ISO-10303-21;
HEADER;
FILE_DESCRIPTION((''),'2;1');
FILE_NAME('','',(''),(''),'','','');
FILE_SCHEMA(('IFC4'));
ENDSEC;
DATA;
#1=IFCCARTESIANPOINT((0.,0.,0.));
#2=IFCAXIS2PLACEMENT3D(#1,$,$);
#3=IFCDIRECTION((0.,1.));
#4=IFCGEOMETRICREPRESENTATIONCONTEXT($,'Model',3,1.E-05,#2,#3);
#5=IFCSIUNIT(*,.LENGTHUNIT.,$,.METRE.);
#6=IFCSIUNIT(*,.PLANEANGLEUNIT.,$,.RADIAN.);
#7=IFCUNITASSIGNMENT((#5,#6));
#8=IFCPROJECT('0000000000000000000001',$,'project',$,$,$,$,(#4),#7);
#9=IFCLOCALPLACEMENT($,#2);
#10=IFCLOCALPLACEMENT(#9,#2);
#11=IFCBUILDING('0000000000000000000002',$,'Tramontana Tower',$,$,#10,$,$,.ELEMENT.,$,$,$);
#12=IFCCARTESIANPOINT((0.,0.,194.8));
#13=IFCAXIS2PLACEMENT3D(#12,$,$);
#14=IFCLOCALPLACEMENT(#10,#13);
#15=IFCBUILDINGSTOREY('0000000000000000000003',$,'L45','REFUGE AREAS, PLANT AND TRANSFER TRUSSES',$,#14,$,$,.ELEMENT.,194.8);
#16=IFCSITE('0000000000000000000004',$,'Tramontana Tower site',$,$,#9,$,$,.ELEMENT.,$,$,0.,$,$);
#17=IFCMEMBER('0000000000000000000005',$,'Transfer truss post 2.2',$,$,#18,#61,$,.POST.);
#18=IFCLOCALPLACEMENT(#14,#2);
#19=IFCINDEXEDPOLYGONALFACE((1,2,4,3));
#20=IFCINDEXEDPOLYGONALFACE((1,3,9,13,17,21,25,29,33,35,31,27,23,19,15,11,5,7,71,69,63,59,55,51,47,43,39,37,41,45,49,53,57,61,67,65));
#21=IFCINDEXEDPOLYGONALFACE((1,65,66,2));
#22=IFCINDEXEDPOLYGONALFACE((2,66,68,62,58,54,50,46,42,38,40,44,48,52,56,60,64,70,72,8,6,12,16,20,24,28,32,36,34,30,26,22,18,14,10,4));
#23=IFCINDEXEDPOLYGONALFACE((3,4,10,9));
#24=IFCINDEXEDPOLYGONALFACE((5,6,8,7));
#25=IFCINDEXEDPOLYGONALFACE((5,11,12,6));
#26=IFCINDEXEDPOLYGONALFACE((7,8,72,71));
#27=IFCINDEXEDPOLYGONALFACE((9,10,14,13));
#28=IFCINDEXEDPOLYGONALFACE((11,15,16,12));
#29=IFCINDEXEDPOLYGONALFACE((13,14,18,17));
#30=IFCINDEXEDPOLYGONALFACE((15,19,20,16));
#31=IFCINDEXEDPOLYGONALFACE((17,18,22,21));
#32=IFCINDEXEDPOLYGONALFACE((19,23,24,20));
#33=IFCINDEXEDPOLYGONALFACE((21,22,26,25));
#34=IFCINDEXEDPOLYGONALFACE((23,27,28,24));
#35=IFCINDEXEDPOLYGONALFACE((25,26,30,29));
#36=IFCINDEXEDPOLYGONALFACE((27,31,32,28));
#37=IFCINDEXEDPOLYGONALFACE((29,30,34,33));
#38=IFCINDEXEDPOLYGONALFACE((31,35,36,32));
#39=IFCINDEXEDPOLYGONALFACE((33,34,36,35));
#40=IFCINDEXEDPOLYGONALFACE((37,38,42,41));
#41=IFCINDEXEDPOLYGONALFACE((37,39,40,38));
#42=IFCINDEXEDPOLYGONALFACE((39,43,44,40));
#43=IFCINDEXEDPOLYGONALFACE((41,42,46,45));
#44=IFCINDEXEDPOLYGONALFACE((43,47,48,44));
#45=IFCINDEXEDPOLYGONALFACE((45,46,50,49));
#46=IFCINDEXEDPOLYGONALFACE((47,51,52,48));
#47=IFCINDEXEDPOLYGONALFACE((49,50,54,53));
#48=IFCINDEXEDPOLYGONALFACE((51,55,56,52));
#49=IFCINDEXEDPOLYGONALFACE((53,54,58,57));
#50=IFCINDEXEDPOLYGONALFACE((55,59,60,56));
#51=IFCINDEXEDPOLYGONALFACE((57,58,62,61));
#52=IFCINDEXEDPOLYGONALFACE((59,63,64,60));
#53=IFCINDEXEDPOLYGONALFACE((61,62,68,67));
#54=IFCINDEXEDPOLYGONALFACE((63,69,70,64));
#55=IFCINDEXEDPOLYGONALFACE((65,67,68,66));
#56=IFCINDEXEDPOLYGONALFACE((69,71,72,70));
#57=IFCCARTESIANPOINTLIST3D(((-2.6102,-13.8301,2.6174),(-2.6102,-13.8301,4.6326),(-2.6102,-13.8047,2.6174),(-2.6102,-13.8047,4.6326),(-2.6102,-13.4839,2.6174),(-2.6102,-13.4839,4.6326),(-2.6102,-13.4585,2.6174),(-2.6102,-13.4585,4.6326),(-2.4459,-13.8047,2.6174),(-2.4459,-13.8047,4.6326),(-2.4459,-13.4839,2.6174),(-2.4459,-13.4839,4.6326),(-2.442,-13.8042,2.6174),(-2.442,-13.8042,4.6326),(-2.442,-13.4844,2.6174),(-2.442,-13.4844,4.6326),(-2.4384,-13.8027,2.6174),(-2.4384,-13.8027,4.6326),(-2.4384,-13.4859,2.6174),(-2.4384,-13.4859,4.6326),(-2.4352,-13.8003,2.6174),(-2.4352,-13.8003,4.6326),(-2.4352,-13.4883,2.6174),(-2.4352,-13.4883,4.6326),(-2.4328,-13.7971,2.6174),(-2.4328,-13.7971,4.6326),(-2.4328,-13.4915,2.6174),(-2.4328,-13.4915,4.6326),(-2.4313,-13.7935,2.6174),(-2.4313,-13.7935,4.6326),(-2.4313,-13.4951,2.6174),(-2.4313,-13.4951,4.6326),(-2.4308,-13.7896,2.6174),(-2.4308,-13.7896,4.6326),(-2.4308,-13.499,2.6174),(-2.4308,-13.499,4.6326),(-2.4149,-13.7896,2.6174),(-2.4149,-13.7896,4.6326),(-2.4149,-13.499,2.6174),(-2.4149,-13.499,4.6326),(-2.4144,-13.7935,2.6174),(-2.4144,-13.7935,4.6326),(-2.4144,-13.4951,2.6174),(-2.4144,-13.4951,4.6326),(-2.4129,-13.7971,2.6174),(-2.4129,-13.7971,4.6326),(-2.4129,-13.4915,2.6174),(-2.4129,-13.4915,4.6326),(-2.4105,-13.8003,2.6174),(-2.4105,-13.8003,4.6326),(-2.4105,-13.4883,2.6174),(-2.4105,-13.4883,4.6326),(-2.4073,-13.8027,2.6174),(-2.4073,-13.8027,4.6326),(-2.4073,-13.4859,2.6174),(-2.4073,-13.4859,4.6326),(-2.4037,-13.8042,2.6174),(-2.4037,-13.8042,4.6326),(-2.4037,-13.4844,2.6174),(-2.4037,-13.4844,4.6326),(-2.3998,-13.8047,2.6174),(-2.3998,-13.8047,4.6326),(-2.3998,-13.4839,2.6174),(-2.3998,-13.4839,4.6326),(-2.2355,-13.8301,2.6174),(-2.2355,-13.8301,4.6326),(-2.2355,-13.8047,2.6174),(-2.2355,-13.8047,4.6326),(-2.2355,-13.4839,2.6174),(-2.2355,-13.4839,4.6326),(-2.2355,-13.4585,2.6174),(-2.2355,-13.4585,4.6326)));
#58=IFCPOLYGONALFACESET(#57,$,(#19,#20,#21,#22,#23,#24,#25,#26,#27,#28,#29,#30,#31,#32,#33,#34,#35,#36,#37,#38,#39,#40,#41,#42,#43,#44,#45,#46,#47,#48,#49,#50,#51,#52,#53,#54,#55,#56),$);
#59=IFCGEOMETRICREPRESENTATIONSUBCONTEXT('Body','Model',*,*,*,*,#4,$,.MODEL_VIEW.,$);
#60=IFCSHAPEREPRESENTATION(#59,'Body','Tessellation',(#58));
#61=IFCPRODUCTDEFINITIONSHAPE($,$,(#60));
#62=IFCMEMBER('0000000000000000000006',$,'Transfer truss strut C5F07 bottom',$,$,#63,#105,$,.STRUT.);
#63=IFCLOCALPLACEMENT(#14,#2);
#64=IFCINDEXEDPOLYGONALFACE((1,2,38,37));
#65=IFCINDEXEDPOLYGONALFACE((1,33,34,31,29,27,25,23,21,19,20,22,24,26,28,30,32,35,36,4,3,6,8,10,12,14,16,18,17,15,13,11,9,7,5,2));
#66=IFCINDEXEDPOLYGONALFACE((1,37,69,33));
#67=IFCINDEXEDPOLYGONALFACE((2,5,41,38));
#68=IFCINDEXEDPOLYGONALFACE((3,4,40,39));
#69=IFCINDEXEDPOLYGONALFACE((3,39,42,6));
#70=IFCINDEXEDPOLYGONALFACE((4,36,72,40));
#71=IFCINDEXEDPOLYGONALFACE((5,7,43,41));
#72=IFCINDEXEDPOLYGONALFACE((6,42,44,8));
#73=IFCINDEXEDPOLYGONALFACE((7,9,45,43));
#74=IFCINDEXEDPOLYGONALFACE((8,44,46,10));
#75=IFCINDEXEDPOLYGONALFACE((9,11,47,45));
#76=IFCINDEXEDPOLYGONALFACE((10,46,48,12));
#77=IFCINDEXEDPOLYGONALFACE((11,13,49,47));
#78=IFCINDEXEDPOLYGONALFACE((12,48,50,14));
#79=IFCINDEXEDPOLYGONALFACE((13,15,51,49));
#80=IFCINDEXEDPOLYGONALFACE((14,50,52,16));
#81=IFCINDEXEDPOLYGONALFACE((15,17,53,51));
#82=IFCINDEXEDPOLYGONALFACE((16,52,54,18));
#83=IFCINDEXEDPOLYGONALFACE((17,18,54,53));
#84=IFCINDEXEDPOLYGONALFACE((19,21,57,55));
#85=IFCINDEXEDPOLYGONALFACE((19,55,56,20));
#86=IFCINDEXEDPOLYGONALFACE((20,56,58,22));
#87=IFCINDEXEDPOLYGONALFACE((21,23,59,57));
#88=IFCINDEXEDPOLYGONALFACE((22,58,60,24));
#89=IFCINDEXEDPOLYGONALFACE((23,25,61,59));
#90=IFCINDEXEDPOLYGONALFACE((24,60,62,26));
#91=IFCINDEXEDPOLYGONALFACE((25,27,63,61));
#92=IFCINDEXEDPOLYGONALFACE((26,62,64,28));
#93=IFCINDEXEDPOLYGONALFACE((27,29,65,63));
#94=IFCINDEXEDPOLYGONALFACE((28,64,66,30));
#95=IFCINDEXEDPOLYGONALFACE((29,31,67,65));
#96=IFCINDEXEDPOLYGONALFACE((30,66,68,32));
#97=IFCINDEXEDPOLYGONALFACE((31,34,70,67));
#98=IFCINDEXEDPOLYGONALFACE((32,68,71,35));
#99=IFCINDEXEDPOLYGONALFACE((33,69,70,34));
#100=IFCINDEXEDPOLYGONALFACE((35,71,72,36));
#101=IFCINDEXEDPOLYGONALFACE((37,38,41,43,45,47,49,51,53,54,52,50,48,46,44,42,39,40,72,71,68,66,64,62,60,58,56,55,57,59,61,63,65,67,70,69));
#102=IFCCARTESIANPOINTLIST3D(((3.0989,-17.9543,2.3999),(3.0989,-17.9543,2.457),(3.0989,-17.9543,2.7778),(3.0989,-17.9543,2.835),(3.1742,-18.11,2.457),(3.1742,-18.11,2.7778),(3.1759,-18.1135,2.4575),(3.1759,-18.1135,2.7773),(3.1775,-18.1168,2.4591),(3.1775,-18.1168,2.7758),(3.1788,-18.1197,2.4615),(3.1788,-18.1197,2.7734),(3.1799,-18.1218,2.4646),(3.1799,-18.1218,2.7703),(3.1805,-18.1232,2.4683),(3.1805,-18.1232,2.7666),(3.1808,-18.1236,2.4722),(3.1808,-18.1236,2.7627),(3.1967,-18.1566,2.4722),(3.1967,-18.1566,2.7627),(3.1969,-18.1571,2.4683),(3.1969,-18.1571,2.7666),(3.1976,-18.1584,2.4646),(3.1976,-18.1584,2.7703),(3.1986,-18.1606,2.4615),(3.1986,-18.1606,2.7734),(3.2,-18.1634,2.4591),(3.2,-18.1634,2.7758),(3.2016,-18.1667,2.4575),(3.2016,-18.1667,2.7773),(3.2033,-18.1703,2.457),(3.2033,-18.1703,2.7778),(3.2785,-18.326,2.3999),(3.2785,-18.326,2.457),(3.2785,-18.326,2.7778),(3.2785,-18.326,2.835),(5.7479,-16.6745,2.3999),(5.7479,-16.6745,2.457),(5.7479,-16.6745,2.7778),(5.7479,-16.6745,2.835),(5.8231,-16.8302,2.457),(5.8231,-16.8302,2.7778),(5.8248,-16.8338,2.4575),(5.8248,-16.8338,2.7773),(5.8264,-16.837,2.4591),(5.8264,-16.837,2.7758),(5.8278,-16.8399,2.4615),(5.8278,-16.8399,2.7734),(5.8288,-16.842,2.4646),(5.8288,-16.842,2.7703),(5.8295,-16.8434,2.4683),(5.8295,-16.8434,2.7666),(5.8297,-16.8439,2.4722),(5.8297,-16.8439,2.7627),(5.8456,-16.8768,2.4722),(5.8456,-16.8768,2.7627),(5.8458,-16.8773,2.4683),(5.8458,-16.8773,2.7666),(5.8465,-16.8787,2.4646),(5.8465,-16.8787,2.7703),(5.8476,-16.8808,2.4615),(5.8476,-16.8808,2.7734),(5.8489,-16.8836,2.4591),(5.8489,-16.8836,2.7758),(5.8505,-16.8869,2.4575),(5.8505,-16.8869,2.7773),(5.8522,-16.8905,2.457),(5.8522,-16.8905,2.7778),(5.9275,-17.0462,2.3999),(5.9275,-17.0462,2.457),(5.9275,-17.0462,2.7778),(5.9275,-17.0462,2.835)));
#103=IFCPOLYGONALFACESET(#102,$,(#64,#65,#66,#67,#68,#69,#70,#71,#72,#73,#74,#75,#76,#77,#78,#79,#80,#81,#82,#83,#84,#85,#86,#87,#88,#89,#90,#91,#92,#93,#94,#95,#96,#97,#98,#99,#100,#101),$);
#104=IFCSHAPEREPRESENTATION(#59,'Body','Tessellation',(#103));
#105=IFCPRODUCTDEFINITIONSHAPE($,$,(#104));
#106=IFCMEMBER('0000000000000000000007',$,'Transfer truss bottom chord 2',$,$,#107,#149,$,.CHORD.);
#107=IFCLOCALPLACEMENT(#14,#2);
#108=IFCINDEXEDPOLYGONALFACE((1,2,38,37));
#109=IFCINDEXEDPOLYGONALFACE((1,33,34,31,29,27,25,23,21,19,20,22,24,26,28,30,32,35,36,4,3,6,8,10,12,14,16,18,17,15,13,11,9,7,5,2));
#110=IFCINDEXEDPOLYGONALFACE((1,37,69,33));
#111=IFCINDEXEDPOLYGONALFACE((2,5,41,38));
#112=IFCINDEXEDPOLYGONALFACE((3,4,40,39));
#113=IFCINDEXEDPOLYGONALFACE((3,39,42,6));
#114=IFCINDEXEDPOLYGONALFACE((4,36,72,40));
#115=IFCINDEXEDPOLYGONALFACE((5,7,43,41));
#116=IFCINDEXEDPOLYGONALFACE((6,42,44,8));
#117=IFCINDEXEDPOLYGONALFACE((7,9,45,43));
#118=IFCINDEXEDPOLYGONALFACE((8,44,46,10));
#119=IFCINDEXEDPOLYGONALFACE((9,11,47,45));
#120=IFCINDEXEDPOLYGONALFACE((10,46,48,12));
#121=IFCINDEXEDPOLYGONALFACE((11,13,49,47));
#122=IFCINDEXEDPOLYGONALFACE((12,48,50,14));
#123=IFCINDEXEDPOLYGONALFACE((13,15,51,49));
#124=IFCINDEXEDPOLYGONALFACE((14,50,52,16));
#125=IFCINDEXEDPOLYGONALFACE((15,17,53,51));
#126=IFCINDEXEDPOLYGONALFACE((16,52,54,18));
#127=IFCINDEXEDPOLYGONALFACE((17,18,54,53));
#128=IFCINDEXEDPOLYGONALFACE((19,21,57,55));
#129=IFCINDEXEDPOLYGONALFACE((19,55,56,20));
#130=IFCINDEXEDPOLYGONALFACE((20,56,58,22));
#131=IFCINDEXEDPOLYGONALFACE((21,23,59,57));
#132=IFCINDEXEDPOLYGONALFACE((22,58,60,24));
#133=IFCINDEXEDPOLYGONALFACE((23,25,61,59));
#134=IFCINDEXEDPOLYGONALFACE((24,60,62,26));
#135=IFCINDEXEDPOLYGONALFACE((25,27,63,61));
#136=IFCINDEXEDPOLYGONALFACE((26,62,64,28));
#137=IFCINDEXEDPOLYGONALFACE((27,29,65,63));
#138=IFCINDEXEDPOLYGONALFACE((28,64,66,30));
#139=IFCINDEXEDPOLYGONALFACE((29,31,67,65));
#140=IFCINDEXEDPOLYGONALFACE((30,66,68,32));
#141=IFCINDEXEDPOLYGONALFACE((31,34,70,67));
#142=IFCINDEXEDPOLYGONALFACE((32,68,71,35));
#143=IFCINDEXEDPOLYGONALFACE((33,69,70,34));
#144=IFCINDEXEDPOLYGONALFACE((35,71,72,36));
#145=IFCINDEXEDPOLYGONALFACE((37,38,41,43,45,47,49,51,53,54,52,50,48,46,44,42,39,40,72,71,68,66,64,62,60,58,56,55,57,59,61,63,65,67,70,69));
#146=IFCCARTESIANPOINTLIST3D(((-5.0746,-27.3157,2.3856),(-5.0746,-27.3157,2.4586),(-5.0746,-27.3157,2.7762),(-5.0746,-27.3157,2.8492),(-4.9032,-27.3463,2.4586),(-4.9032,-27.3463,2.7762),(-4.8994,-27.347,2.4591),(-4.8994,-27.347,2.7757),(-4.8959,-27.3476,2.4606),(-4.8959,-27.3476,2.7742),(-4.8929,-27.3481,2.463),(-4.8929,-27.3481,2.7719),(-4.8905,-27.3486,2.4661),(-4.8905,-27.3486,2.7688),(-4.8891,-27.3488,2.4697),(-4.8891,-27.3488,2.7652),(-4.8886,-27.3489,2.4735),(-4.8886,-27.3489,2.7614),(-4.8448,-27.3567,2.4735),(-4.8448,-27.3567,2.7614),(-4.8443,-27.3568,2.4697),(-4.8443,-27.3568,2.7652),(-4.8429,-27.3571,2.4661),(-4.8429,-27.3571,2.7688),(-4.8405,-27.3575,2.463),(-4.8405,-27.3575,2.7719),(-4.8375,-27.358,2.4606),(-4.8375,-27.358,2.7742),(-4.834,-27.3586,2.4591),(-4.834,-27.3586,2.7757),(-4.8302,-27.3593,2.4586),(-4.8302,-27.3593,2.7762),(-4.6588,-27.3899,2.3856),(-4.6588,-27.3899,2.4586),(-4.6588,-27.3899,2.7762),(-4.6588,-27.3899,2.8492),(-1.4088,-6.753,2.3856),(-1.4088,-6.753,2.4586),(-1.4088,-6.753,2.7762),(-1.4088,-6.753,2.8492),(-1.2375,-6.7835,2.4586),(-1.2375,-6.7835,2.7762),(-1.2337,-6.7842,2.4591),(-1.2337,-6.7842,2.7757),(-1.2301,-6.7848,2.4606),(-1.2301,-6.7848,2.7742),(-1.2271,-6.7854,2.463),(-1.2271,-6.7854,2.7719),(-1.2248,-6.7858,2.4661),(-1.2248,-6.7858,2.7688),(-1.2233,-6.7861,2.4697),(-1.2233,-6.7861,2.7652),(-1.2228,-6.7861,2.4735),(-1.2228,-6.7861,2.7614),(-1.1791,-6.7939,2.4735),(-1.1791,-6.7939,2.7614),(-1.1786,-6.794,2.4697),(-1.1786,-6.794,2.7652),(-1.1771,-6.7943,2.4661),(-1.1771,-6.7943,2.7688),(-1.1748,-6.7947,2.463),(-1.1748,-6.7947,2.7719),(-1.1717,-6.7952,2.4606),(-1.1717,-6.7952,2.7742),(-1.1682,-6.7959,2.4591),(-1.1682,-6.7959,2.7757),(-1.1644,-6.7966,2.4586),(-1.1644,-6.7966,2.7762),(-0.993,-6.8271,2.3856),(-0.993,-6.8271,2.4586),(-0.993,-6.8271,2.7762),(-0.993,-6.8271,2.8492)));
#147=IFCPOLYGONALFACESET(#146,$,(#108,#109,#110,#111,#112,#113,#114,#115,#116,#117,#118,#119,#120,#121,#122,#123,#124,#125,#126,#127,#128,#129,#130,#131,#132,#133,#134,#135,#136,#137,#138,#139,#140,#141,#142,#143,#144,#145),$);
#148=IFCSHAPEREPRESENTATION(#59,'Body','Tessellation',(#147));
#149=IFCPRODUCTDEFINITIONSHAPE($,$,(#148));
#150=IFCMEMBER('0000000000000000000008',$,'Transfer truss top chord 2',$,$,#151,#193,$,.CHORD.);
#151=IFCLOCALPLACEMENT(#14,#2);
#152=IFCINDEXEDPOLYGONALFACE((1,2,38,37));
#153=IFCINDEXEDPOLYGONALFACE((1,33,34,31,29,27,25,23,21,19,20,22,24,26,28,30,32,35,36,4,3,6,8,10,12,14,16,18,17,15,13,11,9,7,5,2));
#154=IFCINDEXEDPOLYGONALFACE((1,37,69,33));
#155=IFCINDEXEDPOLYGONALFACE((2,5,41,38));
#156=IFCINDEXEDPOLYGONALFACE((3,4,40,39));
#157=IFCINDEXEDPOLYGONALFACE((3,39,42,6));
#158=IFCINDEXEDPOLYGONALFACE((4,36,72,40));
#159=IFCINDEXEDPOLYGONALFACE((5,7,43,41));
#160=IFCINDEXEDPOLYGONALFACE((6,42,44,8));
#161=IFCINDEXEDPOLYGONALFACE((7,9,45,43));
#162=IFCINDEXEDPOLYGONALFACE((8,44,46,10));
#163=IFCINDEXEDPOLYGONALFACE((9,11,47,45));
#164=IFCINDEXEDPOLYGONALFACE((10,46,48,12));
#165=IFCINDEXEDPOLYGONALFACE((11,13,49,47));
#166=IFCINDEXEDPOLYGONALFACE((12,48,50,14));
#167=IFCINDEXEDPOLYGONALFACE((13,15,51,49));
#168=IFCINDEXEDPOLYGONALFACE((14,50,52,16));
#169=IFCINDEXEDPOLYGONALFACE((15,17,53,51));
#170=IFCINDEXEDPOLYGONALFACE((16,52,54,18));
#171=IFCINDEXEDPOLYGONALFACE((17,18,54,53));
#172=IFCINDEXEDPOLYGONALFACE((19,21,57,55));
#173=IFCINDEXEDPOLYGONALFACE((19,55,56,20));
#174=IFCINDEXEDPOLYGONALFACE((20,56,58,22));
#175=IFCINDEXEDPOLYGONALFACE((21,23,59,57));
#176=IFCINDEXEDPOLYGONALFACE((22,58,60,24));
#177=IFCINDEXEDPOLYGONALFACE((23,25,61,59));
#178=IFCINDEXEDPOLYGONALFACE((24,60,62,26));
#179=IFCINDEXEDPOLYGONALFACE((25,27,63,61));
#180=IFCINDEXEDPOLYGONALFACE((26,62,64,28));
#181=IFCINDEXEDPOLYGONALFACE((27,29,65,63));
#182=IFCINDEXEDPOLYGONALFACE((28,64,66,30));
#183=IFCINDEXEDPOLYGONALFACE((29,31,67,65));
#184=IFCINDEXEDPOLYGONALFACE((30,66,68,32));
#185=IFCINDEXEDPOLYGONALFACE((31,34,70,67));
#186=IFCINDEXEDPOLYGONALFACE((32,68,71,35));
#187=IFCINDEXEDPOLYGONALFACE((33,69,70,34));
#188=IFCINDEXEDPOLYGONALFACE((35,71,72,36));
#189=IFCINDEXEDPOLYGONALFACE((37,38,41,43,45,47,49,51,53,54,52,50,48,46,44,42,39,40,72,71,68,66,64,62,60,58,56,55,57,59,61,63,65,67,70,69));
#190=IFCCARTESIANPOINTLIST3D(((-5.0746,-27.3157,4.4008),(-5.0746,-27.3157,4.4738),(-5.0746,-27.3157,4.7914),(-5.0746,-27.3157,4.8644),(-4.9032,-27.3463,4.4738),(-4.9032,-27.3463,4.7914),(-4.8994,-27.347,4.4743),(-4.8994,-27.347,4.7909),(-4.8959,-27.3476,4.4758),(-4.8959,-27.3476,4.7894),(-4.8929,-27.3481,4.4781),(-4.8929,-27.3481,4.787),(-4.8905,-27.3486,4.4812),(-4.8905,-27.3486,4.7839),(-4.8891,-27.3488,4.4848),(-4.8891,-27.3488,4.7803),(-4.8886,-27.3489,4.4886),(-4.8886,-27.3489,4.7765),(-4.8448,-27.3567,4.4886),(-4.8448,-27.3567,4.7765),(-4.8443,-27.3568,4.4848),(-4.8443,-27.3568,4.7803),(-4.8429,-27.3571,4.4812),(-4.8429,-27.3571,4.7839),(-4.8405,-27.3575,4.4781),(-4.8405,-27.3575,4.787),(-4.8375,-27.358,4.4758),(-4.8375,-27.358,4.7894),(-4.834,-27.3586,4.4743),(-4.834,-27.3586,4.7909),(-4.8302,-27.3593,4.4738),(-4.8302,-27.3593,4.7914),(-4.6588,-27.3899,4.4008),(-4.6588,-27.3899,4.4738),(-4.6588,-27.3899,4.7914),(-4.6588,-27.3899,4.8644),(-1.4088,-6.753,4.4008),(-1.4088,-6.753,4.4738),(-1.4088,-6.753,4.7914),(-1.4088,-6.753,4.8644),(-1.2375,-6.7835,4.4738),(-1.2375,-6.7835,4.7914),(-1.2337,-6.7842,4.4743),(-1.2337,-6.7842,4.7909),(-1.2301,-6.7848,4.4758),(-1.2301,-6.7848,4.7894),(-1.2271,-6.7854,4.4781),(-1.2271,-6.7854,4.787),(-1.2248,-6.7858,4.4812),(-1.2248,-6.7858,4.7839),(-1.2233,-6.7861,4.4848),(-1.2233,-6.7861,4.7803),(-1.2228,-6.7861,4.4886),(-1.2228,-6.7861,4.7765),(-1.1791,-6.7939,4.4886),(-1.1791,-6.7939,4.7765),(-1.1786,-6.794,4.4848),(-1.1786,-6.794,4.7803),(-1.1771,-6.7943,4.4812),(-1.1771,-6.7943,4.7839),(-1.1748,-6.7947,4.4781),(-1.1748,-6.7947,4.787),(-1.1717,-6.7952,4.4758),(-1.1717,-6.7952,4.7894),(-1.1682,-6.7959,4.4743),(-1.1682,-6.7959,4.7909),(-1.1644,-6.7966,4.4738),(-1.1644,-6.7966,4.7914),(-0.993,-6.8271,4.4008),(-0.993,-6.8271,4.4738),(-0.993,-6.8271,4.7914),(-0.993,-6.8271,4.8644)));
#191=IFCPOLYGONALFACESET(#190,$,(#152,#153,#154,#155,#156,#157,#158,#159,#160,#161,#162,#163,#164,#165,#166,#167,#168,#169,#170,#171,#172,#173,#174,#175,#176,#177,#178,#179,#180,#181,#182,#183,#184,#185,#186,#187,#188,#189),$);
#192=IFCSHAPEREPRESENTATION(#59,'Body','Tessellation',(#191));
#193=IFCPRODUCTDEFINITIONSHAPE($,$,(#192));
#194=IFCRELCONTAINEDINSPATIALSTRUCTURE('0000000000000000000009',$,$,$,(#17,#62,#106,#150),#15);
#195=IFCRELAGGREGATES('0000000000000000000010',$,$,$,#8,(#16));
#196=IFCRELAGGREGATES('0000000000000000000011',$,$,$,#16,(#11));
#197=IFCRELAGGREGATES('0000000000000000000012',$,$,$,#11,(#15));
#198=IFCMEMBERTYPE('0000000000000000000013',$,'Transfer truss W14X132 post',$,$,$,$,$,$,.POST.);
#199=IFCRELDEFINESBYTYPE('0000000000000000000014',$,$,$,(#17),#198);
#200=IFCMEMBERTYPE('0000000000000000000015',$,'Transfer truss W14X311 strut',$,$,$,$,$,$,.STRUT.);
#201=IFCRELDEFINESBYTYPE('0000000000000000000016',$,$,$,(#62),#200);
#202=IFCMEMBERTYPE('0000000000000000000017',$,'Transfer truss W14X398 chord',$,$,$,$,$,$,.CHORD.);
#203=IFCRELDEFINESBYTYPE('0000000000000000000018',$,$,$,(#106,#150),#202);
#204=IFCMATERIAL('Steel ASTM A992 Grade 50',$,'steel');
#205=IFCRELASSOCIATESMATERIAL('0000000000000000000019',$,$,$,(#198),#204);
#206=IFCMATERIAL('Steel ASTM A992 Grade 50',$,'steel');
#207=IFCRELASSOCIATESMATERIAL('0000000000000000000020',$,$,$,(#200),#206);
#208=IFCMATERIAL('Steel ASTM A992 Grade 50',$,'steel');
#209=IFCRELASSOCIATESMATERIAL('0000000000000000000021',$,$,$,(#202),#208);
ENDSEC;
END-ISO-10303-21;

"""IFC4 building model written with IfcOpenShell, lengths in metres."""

from ifc_helpers import new_model, si_unit, direction, frame, origin, origin_2d, place, context, subcontext, project, spatial, i_section, extrude, material, material_profile, profile_set, type_object, element, save


model = new_model("IFC4")

# Units and contexts
model_context = context("Model", 3, precision=1e-05, world=origin(), true_north=direction((0.0, 1.0)))
body_context = subcontext(model_context, "Body", "Model", "MODEL_VIEW")
ifc_project = project(units=[si_unit("LENGTHUNIT", "METRE"), si_unit("PLANEANGLEUNIT", "RADIAN")], contexts=[model_context])

# Site, building, storey
site_placement = place(None, origin())
site = spatial("IfcSite", under=ifc_project, at=site_placement, Name="Tramontana Tower site", CompositionType="ELEMENT", RefElevation=0.0)
building_placement = place(site_placement, origin())
building = spatial("IfcBuilding", under=site, at=building_placement, Name="Tramontana Tower", CompositionType="ELEMENT")
storey_placement = place(building_placement, frame((0.0, 0.0, 194.8)))
storey = spatial("IfcBuildingStorey", under=building, at=storey_placement, Name="L45", Description="REFUGE AREAS, PLANT AND TRANSFER TRUSSES", CompositionType="ELEMENT", Elevation=194.8)

# Members
ifc_material_1 = material(Name="Steel ASTM A992 Grade 50", Category="steel")
ifc_material_profile_1 = material_profile(ifc_material_1, i_section(OverallWidth=0.3748, OverallDepth=0.3716, WebThickness=0.0159, FlangeThickness=0.0254, FilletRadius=0.0151, at=origin_2d()), Name="W14X132")
ifc_profile_set_1 = profile_set([ifc_material_profile_1], Name="Steel ASTM A992 Grade 50")
member_type_1 = type_object("IfcMemberType", Name="Transfer truss W14X132 post", PredefinedType="POST", material=ifc_profile_set_1)
for number, where, z_axis, x_axis, name in (
    (1, (-2.4229, -13.6443, 2.6174), (0.0, 0.0, 1.0), (1.0, 0.0, 0.0), "Transfer truss post 2.2"),
):
    element("IfcMember", number, at=place(storey_placement, frame(where, z_axis=z_axis, x_axis=x_axis)), inside=storey, type_object=member_type_1, Name=name, PredefinedType="POST", context=body_context, shape_type="SweptSolid", body=[
        extrude(i_section(OverallWidth=0.3748, OverallDepth=0.3716, WebThickness=0.0159, FlangeThickness=0.0254, FilletRadius=0.0151, at=origin_2d()), origin(), (0.0, 0.0, 1.0), 2.0151),
    ])
ifc_material_2 = material(Name="Steel ASTM A992 Grade 50", Category="steel")
ifc_material_profile_2 = material_profile(ifc_material_2, i_section(OverallWidth=0.4128, OverallDepth=0.4351, WebThickness=0.0366, FlangeThickness=0.0571, FilletRadius=0.0151, at=origin_2d()), Name="W14X311")
ifc_profile_set_2 = profile_set([ifc_material_profile_2], Name="Steel ASTM A992 Grade 50")
member_type_2 = type_object("IfcMemberType", Name="Transfer truss W14X311 strut", PredefinedType="STRUT", material=ifc_profile_set_2)
member_1_placement = place(storey_placement, frame((3.1887, -18.1401, 2.6174), z_axis=(0.900419, 0.435023, 0.0), x_axis=(-0.435023, 0.900419, 0.0)))
element("IfcMember", 2, at=member_1_placement, inside=storey, type_object=member_type_2, Name="Transfer truss strut C5F07 bottom", PredefinedType="STRUT", context=body_context, shape_type="SweptSolid", body=[
    extrude(i_section(OverallWidth=0.4128, OverallDepth=0.4351, WebThickness=0.0366, FlangeThickness=0.0571, FilletRadius=0.0151, at=origin_2d()), origin(), (0.0, 0.0, 1.0), 2.9419),
])
ifc_material_3 = material(Name="Steel ASTM A992 Grade 50", Category="steel")
ifc_material_profile_3 = material_profile(ifc_material_3, i_section(OverallWidth=0.4224, OverallDepth=0.4636, WebThickness=0.0444, FlangeThickness=0.073, FilletRadius=0.0149, at=origin_2d()), Name="W14X398")
ifc_profile_set_3 = profile_set([ifc_material_profile_3], Name="Steel ASTM A992 Grade 50")
member_type_3 = type_object("IfcMemberType", Name="Transfer truss W14X398 chord", PredefinedType="CHORD", material=ifc_profile_set_3)
for number, where, z_axis, x_axis, name in (
    (3, (-1.2009, -6.79, 2.6174), (-0.175505, -0.984478, 0.0), (0.984478, -0.175505, 0.0), "Transfer truss bottom chord 2"),
    (4, (-1.2009, -6.79, 4.6326), (-0.175505, -0.984478, 0.0), (0.984478, -0.175505, 0.0), "Transfer truss top chord 2"),
):
    element("IfcMember", number, at=place(storey_placement, frame(where, z_axis=z_axis, x_axis=x_axis)), inside=storey, type_object=member_type_3, Name=name, PredefinedType="CHORD", context=body_context, shape_type="SweptSolid", body=[
        extrude(i_section(OverallWidth=0.4224, OverallDepth=0.4636, WebThickness=0.0444, FlangeThickness=0.073, FilletRadius=0.0149, at=origin_2d()), origin(), (0.0, 0.0, 1.0), 20.887),
    ])

save(model, "model.ifc")
